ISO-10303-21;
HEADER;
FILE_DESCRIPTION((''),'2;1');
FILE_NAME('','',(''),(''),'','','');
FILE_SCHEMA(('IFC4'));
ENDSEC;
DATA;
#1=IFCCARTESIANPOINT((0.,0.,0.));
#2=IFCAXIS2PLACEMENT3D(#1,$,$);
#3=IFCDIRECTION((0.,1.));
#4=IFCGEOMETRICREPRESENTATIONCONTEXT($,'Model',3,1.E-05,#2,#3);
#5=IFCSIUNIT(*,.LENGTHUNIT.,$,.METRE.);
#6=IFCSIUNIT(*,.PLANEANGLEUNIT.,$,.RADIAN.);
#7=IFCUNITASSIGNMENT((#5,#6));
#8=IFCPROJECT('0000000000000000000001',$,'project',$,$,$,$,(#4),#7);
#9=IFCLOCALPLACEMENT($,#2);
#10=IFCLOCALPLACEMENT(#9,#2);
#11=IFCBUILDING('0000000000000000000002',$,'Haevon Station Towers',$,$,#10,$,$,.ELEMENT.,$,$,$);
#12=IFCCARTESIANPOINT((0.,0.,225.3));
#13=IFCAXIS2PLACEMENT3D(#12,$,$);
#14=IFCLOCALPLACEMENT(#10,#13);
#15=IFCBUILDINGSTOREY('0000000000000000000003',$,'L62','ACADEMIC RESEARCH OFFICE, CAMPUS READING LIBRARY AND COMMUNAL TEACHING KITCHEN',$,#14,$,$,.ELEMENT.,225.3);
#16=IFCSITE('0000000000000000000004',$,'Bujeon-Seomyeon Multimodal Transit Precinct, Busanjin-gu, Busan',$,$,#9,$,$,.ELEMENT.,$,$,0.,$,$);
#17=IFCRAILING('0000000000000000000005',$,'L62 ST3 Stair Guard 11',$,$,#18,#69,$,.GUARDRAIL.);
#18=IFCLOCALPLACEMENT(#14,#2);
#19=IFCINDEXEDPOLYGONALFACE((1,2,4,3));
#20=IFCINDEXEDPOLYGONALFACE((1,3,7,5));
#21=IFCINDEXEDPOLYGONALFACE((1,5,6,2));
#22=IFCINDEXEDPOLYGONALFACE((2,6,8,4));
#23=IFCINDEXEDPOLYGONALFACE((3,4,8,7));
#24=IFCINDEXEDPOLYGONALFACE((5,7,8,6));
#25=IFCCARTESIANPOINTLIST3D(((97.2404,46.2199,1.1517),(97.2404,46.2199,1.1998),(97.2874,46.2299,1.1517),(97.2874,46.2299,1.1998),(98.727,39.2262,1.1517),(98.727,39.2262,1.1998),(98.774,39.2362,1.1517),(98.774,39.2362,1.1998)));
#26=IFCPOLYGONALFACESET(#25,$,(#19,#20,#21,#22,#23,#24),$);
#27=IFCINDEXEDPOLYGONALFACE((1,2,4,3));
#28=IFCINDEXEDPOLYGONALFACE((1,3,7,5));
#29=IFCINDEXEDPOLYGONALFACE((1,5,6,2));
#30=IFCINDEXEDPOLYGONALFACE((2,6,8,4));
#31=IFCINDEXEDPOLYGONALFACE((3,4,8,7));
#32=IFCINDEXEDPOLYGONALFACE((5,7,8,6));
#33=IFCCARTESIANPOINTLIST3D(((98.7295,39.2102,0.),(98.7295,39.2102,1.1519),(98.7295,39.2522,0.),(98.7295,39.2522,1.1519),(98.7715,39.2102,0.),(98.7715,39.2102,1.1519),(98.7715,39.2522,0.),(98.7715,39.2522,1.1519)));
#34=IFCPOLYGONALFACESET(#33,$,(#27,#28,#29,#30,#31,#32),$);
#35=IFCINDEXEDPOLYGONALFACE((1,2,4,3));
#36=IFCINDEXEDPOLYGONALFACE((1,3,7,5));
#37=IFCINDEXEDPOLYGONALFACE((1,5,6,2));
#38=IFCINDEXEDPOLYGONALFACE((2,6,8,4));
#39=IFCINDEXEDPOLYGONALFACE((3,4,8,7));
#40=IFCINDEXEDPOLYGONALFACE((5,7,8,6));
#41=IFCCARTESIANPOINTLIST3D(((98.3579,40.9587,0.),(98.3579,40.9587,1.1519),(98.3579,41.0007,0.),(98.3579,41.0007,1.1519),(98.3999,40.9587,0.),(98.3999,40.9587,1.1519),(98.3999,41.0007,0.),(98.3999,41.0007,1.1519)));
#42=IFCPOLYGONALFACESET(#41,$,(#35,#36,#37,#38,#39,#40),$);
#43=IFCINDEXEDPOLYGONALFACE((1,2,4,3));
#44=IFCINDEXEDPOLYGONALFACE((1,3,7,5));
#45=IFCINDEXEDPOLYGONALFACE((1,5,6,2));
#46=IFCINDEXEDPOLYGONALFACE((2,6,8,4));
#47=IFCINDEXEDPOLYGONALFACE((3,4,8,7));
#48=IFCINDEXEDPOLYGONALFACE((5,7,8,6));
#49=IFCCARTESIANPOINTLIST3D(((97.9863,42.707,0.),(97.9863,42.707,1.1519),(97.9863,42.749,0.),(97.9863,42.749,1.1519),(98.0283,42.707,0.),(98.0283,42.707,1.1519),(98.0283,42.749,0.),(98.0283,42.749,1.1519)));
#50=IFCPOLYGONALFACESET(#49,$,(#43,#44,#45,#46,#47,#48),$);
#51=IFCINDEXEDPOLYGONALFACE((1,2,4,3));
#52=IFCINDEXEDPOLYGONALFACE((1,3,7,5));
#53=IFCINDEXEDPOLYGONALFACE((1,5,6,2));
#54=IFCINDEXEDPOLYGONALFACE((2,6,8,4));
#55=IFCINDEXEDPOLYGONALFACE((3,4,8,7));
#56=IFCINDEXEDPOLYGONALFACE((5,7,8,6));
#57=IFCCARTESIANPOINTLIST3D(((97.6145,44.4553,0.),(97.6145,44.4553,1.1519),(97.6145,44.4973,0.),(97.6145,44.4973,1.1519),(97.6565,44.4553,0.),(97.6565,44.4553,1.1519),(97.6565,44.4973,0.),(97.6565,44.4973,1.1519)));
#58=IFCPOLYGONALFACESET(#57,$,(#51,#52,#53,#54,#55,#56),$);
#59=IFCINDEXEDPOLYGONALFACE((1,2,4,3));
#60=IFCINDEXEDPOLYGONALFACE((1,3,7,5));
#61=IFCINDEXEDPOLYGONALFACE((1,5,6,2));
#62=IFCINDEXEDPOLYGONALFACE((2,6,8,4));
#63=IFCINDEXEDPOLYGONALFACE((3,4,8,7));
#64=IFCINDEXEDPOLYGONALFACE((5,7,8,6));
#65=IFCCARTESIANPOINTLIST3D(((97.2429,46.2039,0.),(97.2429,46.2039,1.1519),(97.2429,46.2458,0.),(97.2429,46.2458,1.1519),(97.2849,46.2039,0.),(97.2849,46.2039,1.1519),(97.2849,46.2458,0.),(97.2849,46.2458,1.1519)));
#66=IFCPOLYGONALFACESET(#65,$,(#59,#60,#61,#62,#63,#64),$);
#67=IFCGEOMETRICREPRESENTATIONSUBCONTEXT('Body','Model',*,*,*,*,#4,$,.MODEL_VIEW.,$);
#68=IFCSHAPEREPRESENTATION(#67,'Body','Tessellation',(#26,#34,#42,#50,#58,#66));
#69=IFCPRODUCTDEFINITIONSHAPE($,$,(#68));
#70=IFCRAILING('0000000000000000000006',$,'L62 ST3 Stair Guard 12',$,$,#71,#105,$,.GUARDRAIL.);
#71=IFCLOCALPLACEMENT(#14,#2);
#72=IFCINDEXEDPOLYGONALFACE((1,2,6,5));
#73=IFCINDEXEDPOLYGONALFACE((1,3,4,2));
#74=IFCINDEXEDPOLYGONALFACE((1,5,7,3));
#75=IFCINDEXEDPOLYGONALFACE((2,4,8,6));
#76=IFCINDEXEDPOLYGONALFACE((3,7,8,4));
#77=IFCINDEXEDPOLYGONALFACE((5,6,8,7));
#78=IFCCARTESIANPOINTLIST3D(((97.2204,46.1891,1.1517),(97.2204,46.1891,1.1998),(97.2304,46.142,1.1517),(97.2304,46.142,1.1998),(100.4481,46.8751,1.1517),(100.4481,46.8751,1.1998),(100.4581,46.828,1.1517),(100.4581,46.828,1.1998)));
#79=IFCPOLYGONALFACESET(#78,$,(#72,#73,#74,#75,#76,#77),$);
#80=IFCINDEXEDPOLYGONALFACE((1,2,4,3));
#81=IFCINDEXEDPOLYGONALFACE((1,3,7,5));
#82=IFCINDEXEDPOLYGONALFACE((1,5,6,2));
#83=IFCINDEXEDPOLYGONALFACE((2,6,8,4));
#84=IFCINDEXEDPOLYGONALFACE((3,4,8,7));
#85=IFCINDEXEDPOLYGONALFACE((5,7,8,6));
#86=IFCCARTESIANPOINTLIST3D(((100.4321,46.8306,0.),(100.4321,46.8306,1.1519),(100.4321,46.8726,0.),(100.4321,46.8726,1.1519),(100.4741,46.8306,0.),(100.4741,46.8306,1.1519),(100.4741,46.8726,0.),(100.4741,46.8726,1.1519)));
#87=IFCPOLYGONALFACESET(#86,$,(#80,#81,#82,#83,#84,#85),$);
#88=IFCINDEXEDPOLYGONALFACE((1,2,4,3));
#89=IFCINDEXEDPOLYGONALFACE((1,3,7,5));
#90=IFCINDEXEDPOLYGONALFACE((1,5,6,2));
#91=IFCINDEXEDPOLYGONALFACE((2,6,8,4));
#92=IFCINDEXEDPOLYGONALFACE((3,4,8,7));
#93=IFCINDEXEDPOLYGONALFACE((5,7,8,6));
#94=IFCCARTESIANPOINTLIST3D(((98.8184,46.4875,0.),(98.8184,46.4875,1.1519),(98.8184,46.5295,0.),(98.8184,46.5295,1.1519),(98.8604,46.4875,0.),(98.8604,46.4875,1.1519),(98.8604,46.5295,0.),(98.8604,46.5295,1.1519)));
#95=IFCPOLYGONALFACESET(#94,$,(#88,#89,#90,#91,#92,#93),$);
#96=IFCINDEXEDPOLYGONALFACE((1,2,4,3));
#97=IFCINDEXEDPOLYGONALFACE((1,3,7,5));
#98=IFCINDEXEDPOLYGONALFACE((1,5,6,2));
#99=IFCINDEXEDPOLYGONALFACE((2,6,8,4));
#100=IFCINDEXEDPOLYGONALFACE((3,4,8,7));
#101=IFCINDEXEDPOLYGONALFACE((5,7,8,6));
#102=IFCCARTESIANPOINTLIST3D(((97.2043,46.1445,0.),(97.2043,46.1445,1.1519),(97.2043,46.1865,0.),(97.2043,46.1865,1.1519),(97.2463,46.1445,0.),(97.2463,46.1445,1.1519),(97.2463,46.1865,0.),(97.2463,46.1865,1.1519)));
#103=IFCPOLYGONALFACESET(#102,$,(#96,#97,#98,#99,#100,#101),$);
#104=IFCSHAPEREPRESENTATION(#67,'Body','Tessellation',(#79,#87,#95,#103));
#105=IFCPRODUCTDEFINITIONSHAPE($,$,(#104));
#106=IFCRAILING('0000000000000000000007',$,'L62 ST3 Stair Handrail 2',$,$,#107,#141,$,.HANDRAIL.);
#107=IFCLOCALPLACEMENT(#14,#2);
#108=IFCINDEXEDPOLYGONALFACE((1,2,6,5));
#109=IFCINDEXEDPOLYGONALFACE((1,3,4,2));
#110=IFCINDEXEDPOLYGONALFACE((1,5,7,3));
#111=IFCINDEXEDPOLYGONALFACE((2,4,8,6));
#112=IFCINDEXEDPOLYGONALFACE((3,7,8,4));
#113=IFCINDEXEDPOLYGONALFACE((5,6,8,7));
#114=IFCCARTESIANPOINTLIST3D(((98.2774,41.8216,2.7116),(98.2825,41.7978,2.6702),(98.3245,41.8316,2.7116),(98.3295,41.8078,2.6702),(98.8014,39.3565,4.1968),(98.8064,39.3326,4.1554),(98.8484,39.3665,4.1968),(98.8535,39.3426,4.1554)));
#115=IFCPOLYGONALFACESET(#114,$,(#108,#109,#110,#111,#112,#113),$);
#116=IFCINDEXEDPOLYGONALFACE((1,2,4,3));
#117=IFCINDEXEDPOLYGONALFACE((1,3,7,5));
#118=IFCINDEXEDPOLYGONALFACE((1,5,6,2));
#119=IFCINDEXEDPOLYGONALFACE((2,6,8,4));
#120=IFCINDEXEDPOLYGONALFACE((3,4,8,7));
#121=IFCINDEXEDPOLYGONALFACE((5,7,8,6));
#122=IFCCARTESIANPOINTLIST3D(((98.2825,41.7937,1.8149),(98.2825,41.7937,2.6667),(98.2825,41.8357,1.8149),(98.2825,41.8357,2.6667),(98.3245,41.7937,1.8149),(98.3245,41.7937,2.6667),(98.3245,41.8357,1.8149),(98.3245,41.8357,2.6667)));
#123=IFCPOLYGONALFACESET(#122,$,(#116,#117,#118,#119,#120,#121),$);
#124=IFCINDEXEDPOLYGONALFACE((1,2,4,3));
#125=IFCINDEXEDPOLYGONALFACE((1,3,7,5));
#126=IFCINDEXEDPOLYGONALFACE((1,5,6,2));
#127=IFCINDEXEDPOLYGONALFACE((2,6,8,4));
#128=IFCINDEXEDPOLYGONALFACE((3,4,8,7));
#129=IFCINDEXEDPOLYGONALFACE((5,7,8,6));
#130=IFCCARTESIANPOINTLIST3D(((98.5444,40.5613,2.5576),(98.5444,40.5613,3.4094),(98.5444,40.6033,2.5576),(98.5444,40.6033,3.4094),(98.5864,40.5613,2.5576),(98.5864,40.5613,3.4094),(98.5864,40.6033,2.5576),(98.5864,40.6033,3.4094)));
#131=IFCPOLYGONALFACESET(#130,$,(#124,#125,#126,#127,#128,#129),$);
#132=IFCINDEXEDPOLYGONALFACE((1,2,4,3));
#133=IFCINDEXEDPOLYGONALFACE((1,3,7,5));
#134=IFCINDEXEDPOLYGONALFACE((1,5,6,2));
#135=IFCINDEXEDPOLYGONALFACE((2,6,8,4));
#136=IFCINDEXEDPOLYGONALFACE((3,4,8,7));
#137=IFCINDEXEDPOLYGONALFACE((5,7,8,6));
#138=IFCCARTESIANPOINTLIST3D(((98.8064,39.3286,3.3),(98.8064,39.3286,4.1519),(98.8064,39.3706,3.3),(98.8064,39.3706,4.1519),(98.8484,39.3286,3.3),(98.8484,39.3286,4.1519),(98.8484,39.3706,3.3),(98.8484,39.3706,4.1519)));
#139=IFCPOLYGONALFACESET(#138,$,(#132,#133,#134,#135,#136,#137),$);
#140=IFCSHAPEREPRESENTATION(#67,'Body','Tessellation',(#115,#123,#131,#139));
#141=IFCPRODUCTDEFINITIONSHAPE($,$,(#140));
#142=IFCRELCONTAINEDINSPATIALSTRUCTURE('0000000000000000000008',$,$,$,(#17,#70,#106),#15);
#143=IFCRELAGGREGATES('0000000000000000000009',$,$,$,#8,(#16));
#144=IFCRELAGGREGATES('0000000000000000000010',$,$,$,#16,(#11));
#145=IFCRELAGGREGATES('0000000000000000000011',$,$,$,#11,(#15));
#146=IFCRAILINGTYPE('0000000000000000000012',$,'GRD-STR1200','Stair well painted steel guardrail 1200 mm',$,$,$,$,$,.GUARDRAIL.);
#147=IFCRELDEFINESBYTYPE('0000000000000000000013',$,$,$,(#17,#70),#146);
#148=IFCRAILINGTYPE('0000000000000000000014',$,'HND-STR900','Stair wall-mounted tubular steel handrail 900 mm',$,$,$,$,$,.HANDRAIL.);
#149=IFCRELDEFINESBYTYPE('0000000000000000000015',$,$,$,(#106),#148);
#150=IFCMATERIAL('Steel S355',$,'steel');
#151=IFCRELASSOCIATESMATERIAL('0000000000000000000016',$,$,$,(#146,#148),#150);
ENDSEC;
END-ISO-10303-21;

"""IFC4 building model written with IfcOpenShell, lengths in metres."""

from ifc_helpers import new_model, si_unit, direction, frame, origin, origin_2d, place, context, subcontext, project, spatial, rectangle, extrude, material, type_object, element, save


model = new_model("IFC4")

# Units and contexts
model_context = context("Model", 3, precision=1e-05, world=origin(), true_north=direction((0.0, 1.0)))
body_context = subcontext(model_context, "Body", "Model", "MODEL_VIEW")
ifc_project = project(units=[si_unit("LENGTHUNIT", "METRE"), si_unit("PLANEANGLEUNIT", "RADIAN")], contexts=[model_context])

# Site, building, storey
site_placement = place(None, origin())
site = spatial("IfcSite", under=ifc_project, at=site_placement, Name="Bujeon-Seomyeon Multimodal Transit Precinct, Busanjin-gu, Busan", CompositionType="ELEMENT", RefElevation=0.0)
building_placement = place(site_placement, origin())
building = spatial("IfcBuilding", under=site, at=building_placement, Name="Haevon Station Towers", CompositionType="ELEMENT")
storey_placement = place(building_placement, frame((0.0, 0.0, 225.3)))
storey = spatial("IfcBuildingStorey", under=building, at=storey_placement, Name="L62", Description="ACADEMIC RESEARCH OFFICE, CAMPUS READING LIBRARY AND COMMUNAL TEACHING KITCHEN", CompositionType="ELEMENT", Elevation=225.3)

# Shared definitions
ifc_material_1 = material(Name="Steel S355", Category="steel")

# Railings
railing_type_1 = type_object("IfcRailingType", Name="GRD-STR1200", Description="Stair well painted steel guardrail 1200 mm", PredefinedType="GUARDRAIL", material=ifc_material_1)
railing_1_placement = place(storey_placement, frame((98.7505, 39.2312, 0.0)))
element("IfcRailing", 1, at=railing_1_placement, inside=storey, type_object=railing_type_1, Name="L62 ST3 Stair Guard 11", PredefinedType="GUARDRAIL", context=body_context, shape_type="SweptSolid", body=[
    extrude(rectangle(XDim=0.0481, YDim=0.0481, at=origin_2d()), frame((0.0, 0.0, 1.1758), z_axis=(-0.207915, 0.978147, 0.0), x_axis=(-0.978147, -0.207915, 0.0)), (0.0, 0.0, 1.0), 7.1499),
    extrude(rectangle(XDim=0.042, YDim=0.042, at=origin_2d()), origin(), (0.0, 0.0, 1.0), 1.1519),
    extrude(rectangle(XDim=0.042, YDim=0.042, at=origin_2d()), frame((-0.3716, 1.7485, 0.0)), (0.0, 0.0, 1.0), 1.1519),
    extrude(rectangle(XDim=0.042, YDim=0.042, at=origin_2d()), frame((-0.7432, 3.4968, 0.0)), (0.0, 0.0, 1.0), 1.1519),
    extrude(rectangle(XDim=0.042, YDim=0.042, at=origin_2d()), frame((-1.115, 5.2451, 0.0)), (0.0, 0.0, 1.0), 1.1519),
    extrude(rectangle(XDim=0.042, YDim=0.042, at=origin_2d()), frame((-1.4866, 6.9937, 0.0)), (0.0, 0.0, 1.0), 1.1519),
])
railing_2_placement = place(storey_placement, frame((100.4531, 46.8516, 0.0)))
element("IfcRailing", 2, at=railing_2_placement, inside=storey, type_object=railing_type_1, Name="L62 ST3 Stair Guard 12", PredefinedType="GUARDRAIL", context=body_context, shape_type="SweptSolid", body=[
    extrude(rectangle(XDim=0.0481, YDim=0.0481, at=origin_2d()), frame((0.0, 0.0, 1.1758), z_axis=(-0.978151, -0.207897, 0.0), x_axis=(0.207897, -0.978151, 0.0)), (0.0, 0.0, 1.0), 3.2998),
    extrude(rectangle(XDim=0.042, YDim=0.042, at=origin_2d()), origin(), (0.0, 0.0, 1.0), 1.1519),
    extrude(rectangle(XDim=0.042, YDim=0.042, at=origin_2d()), frame((-1.6138, -0.343, 0.0)), (0.0, 0.0, 1.0), 1.1519),
    extrude(rectangle(XDim=0.042, YDim=0.042, at=origin_2d()), frame((-3.2278, -0.686, 0.0)), (0.0, 0.0, 1.0), 1.1519),
])
railing_type_2 = type_object("IfcRailingType", Name="HND-STR900", Description="Stair wall-mounted tubular steel handrail 900 mm", PredefinedType="HANDRAIL", material=ifc_material_1)
railing_3_placement = place(storey_placement, frame((98.3035, 41.8147, 1.8149)))
element("IfcRailing", 3, at=railing_3_placement, inside=storey, type_object=railing_type_2, Name="L62 ST3 Stair Handrail 2", PredefinedType="HANDRAIL", context=body_context, shape_type="SweptSolid", body=[
    extrude(rectangle(XDim=0.0481, YDim=0.0481, at=origin_2d()), frame((0.0, 0.0, 0.876), z_axis=(0.179109, -0.842712, 0.507697), x_axis=(0.978151, 0.207895, 0.0)), (0.0, 0.0, 1.0), 2.9253),
    extrude(rectangle(XDim=0.042, YDim=0.042, at=origin_2d()), origin(), (0.0, 0.0, 1.0), 0.8518),
    extrude(rectangle(XDim=0.042, YDim=0.042, at=origin_2d()), frame((0.262, -1.2324, 0.7427)), (0.0, 0.0, 1.0), 0.8518),
    extrude(rectangle(XDim=0.042, YDim=0.042, at=origin_2d()), frame((0.5239, -2.4651, 1.4851)), (0.0, 0.0, 1.0), 0.8518),
])

save(model, "model.ifc")
